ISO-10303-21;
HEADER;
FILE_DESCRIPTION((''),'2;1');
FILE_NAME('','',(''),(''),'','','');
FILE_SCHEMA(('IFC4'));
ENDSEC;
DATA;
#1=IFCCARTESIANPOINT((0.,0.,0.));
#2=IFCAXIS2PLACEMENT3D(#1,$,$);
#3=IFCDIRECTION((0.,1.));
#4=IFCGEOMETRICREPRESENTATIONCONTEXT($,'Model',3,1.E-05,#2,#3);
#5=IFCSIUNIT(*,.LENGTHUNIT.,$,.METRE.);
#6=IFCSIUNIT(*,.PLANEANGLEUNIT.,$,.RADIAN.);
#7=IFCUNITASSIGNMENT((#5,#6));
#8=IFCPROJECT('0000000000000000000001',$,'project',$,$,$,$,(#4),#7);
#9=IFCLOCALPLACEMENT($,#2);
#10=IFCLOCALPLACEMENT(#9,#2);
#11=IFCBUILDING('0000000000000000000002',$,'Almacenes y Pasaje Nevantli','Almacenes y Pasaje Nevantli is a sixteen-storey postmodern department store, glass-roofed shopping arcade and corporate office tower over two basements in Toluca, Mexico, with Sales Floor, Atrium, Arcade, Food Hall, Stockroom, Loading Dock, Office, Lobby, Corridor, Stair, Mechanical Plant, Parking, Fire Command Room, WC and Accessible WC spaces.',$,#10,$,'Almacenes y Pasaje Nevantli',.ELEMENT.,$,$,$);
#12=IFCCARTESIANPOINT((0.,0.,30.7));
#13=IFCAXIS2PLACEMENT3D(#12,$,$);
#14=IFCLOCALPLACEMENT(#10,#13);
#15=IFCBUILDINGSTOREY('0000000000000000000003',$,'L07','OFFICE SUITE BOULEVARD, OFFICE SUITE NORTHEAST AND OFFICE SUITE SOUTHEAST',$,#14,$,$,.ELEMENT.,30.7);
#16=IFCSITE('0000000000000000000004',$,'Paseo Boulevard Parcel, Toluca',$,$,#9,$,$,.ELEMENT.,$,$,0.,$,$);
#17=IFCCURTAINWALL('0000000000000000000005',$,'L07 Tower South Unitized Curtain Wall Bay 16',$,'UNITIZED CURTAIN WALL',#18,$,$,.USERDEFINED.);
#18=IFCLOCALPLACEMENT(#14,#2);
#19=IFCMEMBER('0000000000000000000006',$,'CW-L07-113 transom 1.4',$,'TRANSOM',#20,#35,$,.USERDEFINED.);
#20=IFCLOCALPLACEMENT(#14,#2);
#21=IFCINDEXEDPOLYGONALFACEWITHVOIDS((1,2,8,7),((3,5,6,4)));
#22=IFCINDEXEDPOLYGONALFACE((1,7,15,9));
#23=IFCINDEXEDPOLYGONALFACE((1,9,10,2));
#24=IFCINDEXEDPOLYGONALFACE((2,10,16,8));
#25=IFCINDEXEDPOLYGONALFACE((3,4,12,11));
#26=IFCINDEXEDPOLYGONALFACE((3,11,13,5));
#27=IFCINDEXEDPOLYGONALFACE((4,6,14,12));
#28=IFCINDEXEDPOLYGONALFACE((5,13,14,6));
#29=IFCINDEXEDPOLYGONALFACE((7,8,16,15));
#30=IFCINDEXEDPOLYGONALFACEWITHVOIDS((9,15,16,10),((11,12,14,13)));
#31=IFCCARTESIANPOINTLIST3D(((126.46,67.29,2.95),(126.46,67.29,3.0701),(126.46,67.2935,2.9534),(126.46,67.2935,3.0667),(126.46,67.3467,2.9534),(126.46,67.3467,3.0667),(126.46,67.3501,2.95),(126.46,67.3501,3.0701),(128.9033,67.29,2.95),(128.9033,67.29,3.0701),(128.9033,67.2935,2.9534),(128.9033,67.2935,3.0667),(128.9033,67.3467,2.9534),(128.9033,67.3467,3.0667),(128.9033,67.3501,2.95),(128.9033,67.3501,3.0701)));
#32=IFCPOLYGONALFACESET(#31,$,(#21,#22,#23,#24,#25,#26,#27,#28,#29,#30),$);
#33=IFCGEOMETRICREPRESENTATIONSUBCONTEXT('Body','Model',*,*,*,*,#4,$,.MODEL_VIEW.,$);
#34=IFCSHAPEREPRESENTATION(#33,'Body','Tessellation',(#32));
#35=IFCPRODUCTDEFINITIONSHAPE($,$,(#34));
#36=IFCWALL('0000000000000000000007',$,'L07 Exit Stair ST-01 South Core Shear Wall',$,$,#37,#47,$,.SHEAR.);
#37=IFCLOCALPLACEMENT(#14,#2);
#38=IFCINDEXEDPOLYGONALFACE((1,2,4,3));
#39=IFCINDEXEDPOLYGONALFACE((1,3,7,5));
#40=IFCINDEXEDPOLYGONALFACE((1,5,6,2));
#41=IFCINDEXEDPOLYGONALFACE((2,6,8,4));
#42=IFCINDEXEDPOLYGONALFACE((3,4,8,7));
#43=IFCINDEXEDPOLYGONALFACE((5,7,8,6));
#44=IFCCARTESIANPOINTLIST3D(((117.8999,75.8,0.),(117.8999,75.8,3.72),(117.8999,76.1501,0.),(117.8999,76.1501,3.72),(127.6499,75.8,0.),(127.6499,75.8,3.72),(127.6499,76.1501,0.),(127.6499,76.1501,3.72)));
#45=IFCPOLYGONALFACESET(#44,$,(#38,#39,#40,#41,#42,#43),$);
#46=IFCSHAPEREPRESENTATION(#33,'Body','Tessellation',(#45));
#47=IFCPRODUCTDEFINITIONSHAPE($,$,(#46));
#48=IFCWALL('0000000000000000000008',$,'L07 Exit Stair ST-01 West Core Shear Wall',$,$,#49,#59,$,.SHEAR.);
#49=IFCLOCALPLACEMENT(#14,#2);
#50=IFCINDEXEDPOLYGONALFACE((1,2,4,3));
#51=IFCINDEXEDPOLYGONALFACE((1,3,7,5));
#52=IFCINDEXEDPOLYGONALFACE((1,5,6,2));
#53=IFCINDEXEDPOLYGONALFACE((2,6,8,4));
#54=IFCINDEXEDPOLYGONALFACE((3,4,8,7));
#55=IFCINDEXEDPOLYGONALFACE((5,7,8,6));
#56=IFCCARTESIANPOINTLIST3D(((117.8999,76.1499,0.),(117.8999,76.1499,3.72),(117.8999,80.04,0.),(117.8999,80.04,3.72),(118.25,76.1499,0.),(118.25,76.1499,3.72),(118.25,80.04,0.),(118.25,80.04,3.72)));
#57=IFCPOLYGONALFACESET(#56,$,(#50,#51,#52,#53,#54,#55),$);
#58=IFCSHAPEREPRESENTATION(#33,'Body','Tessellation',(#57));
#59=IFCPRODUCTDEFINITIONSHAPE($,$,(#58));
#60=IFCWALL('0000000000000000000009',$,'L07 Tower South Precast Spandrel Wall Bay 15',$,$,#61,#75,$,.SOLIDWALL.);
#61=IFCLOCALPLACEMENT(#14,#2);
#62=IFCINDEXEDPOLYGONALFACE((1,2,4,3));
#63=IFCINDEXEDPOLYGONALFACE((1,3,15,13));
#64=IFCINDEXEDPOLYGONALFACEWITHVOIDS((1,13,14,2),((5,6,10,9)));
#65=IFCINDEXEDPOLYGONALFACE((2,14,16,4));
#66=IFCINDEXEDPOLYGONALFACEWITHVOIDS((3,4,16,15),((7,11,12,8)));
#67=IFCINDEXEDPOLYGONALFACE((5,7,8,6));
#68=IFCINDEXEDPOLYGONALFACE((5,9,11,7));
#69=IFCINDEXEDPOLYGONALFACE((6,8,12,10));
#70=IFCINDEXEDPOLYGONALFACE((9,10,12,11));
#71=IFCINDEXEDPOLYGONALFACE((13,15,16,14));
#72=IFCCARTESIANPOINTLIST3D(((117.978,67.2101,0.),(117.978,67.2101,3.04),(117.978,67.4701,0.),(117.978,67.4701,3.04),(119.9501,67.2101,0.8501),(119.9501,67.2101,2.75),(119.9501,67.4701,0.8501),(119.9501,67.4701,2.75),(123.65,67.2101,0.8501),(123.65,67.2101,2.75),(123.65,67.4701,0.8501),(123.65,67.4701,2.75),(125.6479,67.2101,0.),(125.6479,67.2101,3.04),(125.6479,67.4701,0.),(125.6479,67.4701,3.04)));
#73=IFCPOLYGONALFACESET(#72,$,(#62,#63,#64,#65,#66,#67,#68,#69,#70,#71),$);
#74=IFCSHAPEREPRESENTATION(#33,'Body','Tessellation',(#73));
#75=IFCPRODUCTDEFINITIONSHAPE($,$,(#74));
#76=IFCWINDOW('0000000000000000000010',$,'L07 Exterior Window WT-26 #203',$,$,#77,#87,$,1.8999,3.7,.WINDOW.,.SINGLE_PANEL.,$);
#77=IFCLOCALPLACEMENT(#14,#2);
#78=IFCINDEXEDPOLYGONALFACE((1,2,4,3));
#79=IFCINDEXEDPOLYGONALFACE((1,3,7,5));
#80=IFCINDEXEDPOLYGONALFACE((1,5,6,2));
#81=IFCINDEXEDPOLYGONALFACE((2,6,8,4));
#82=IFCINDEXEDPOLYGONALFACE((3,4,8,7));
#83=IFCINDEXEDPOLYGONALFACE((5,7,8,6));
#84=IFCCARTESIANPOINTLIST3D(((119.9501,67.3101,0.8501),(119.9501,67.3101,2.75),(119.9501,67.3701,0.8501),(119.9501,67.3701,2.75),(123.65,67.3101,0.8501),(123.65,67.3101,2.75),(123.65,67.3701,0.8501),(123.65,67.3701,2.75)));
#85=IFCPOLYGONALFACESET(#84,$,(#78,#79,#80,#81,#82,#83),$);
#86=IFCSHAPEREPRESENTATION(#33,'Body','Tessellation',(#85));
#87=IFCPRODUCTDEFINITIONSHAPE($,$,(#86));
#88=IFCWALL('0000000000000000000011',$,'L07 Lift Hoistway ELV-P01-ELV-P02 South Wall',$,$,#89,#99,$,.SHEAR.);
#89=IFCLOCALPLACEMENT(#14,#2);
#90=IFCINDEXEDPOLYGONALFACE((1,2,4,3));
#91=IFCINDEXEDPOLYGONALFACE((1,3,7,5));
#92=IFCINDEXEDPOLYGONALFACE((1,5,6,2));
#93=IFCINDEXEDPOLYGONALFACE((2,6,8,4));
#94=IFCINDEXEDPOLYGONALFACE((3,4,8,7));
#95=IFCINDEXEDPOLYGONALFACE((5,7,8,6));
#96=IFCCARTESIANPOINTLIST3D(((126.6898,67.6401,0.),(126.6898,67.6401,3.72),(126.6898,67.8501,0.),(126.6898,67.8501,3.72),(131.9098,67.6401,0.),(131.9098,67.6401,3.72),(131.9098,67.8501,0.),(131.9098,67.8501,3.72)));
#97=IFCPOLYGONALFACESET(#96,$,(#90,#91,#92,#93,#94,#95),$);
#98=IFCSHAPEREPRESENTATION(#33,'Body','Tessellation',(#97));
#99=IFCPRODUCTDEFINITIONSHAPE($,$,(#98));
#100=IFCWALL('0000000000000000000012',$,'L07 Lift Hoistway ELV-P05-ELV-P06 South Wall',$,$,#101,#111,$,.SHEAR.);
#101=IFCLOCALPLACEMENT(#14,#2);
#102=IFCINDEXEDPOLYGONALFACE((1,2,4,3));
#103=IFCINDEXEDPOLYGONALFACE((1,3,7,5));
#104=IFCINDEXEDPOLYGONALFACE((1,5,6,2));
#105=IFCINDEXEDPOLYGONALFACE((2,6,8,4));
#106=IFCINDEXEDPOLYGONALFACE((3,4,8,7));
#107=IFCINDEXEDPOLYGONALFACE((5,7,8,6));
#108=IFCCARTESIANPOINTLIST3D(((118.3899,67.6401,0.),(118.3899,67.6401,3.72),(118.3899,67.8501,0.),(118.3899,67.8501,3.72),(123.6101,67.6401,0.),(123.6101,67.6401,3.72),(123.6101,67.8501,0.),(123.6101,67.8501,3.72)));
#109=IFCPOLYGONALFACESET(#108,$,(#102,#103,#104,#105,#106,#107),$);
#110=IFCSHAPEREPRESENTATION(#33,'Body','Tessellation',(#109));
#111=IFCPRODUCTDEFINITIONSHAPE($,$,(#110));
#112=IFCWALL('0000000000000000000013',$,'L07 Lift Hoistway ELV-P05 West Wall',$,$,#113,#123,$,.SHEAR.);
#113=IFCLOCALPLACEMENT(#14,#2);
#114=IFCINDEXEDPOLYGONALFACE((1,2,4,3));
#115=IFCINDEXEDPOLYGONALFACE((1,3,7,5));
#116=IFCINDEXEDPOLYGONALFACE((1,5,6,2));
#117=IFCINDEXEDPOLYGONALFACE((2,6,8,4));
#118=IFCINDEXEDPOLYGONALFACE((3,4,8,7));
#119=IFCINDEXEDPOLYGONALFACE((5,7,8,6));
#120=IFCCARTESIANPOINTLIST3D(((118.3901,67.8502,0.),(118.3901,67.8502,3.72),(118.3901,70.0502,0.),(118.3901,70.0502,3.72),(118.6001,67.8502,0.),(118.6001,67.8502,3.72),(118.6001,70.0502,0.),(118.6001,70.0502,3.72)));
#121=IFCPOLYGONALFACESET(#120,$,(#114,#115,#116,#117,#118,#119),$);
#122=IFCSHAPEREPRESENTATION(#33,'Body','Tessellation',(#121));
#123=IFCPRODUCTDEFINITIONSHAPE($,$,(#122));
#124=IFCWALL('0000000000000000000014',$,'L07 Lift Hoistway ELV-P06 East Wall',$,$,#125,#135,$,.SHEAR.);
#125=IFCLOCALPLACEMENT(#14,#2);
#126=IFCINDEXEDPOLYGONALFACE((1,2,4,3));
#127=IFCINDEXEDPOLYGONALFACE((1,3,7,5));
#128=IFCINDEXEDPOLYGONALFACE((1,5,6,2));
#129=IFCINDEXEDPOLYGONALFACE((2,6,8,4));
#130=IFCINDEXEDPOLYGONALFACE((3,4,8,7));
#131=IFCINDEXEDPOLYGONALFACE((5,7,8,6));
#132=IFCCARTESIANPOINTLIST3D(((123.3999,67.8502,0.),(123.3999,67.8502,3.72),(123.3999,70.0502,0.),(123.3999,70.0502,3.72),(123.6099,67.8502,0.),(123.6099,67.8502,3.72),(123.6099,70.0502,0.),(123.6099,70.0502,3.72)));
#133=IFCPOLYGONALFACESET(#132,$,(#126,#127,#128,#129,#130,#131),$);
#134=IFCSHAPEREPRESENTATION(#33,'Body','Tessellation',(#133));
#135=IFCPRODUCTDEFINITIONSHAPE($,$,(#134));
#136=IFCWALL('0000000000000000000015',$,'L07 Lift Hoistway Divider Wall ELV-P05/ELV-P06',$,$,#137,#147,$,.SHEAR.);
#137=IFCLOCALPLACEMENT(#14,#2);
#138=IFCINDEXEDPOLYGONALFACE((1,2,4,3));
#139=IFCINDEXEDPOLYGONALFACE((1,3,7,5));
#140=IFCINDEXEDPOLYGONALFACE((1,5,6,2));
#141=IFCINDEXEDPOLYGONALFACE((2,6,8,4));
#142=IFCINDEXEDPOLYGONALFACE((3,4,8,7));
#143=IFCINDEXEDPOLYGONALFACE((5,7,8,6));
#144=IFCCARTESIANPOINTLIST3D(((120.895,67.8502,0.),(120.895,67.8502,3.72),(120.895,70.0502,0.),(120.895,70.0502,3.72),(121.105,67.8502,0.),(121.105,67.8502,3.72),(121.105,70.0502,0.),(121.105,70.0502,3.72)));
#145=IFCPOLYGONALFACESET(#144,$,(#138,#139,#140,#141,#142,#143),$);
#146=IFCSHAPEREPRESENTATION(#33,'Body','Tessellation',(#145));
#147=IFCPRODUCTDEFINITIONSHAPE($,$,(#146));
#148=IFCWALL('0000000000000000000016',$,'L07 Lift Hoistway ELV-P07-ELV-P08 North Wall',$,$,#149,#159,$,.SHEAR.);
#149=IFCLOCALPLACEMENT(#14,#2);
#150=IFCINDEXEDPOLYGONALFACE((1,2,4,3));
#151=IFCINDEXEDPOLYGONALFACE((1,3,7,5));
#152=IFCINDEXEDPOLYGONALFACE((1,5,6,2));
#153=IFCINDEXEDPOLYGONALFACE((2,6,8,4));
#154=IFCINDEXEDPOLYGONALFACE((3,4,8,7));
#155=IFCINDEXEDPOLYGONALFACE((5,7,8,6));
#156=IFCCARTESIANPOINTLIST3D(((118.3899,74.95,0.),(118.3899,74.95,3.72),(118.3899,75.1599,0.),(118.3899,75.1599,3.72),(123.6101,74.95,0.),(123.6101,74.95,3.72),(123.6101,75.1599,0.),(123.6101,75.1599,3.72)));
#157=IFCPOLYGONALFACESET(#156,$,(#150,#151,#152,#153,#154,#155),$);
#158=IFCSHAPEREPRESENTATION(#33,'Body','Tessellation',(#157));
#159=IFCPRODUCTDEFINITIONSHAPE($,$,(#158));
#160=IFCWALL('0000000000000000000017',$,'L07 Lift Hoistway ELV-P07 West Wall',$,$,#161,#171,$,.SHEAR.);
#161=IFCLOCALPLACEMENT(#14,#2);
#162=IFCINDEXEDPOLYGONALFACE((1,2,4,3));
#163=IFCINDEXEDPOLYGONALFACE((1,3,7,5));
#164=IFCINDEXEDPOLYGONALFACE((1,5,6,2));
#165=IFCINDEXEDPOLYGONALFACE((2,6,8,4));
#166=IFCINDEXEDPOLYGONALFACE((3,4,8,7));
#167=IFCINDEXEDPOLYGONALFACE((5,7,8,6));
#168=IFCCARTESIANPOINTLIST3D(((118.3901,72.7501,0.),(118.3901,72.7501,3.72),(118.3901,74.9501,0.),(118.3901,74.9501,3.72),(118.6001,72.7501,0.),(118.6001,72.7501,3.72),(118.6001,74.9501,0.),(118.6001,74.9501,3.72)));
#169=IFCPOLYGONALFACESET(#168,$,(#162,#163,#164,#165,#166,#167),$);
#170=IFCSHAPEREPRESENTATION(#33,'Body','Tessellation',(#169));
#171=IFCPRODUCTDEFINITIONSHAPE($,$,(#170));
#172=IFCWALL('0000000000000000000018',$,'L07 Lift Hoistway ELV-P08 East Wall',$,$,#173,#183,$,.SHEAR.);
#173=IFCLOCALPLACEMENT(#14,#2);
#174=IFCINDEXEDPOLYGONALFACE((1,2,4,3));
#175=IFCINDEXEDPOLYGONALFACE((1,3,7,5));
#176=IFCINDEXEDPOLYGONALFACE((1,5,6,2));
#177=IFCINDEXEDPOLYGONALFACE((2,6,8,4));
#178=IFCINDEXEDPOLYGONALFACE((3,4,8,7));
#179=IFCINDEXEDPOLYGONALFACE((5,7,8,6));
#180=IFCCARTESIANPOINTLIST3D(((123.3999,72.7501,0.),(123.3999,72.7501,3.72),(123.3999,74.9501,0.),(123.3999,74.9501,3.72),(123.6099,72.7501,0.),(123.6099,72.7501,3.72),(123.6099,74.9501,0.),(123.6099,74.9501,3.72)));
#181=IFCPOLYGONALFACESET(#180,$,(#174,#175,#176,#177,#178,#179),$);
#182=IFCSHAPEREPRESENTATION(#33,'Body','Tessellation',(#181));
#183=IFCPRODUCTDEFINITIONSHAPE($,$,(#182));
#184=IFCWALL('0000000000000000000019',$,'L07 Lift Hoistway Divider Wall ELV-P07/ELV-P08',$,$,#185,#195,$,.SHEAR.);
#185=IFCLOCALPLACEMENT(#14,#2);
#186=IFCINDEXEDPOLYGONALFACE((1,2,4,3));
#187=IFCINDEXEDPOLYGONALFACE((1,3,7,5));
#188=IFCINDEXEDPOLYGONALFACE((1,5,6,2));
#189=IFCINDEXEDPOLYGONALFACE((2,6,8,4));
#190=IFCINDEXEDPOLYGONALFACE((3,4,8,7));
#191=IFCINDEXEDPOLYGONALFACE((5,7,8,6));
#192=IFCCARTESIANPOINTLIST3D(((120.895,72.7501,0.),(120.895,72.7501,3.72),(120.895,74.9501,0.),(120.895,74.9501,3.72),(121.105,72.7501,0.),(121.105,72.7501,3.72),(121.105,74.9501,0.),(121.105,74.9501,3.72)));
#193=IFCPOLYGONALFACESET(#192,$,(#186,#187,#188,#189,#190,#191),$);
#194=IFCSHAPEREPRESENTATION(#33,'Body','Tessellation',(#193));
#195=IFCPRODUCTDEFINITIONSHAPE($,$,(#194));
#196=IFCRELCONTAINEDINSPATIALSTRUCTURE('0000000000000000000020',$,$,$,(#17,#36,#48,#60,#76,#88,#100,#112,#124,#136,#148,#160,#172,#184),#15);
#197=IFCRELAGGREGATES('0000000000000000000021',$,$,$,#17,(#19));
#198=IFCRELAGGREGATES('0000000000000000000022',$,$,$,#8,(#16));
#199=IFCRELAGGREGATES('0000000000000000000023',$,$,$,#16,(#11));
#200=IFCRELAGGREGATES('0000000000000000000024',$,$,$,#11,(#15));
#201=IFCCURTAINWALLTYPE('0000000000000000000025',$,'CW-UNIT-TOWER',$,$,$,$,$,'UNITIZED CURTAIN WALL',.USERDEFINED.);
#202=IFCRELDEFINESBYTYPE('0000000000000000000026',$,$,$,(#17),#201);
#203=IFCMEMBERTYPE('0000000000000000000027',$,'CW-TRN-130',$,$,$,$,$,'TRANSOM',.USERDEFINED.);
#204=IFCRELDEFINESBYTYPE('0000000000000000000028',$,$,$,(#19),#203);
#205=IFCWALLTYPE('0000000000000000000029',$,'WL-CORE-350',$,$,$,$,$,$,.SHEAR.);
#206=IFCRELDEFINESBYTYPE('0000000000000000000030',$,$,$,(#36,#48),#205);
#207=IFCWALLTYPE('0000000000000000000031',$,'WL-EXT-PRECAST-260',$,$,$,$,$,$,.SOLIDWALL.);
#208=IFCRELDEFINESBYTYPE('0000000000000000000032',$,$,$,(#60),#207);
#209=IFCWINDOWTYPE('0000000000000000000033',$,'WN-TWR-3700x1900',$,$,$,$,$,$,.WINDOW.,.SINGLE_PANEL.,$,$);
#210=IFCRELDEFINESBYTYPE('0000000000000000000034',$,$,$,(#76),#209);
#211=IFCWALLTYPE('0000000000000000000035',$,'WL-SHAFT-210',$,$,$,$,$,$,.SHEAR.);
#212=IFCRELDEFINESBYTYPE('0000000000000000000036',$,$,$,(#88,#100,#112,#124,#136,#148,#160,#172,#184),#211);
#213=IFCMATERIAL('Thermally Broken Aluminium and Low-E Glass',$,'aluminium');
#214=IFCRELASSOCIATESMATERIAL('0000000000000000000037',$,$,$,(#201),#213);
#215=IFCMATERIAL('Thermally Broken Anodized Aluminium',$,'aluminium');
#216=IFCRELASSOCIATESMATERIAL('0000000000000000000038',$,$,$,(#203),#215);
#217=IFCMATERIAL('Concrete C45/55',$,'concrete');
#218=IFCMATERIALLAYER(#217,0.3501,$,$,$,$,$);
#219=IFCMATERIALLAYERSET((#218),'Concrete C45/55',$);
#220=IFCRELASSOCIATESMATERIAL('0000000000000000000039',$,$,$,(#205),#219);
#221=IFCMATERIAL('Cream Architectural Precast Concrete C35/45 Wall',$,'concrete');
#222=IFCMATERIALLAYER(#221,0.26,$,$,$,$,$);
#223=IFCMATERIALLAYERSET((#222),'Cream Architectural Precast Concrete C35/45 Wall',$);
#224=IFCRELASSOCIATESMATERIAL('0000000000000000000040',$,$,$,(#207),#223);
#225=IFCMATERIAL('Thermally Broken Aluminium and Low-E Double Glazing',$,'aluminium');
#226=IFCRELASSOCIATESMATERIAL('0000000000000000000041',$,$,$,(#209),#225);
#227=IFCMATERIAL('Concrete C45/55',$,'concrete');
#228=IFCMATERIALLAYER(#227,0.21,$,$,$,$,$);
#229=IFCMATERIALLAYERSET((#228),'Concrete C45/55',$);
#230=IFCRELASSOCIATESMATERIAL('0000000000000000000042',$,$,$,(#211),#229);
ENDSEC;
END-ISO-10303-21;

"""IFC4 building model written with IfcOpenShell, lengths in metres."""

from ifc_helpers import new_model, si_unit, direction, frame, frame_2d, origin, origin_2d, place, context, subcontext, project, spatial, rectangle, hollow_rectangle, extrude, material, layer, layer_set, material_profile, profile_set, type_object, element, fill, aggregate, save


model = new_model("IFC4")

# Units and contexts
model_context = context("Model", 3, precision=1e-05, world=origin(), true_north=direction((0.0, 1.0)))
body_context = subcontext(model_context, "Body", "Model", "MODEL_VIEW")
ifc_project = project(units=[si_unit("LENGTHUNIT", "METRE"), si_unit("PLANEANGLEUNIT", "RADIAN")], contexts=[model_context])

# Site, building, storey
site_placement = place(None, origin())
site = spatial("IfcSite", under=ifc_project, at=site_placement, Name="Paseo Boulevard Parcel, Toluca", CompositionType="ELEMENT", RefElevation=0.0)
building_placement = place(site_placement, origin())
building = spatial("IfcBuilding", under=site, at=building_placement, Name="Almacenes y Pasaje Nevantli", Description="Almacenes y Pasaje Nevantli is a sixteen-storey postmodern department store, glass-roofed shopping arcade and corporate office tower over two basements in Toluca, Mexico, with Sales Floor, Atrium, Arcade, Food Hall, Stockroom, Loading Dock, Office, Lobby, Corridor, Stair, Mechanical Plant, Parking, Fire Command Room, WC and Accessible WC spaces.", LongName="Almacenes y Pasaje Nevantli", CompositionType="ELEMENT")
storey_placement = place(building_placement, frame((0.0, 0.0, 30.7)))
storey = spatial("IfcBuildingStorey", under=building, at=storey_placement, Name="L07", Description="OFFICE SUITE BOULEVARD, OFFICE SUITE NORTHEAST AND OFFICE SUITE SOUTHEAST", CompositionType="ELEMENT", Elevation=30.7)

# Curtain wall, member
ifc_material_1 = material(Name="Thermally Broken Aluminium and Low-E Glass", Category="aluminium")
curtain_wall_type = type_object("IfcCurtainWallType", Name="CW-UNIT-TOWER", ElementType="UNITIZED CURTAIN WALL", PredefinedType="USERDEFINED", material=ifc_material_1)
curtain_wall_placement = place(storey_placement, origin())
curtain_wall = element("IfcCurtainWall", 1, at=curtain_wall_placement, inside=storey, type_object=curtain_wall_type, Name="L07 Tower South Unitized Curtain Wall Bay 16", ObjectType="UNITIZED CURTAIN WALL", PredefinedType="USERDEFINED")
ifc_material_2 = material(Name="Thermally Broken Anodized Aluminium", Category="aluminium")
ifc_material_profile_1 = material_profile(ifc_material_2, hollow_rectangle(XDim=0.0601, YDim=0.1201, WallThickness=0.0034, at=origin_2d()), Name="ALU-TRN-60x120")
ifc_profile_set_1 = profile_set([ifc_material_profile_1], Name="Thermally Broken Anodized Aluminium")
member_type_1 = type_object("IfcMemberType", Name="CW-TRN-130", ElementType="TRANSOM", PredefinedType="USERDEFINED", material=ifc_profile_set_1)
member_1_placement = place(storey_placement, frame((126.46, 67.3201, 3.01), z_axis=(1.0, 0.0, 0.0), x_axis=(0.0, 1.0, 0.0)))
member_1 = element("IfcMember", 2, at=member_1_placement, type_object=member_type_1, Name="CW-L07-113 transom 1.4", ObjectType="TRANSOM", PredefinedType="USERDEFINED", context=body_context, shape_type="SweptSolid", body=[
    extrude(hollow_rectangle(XDim=0.0601, YDim=0.1201, WallThickness=0.0034, at=origin_2d()), origin(), (0.0, 0.0, 1.0), 2.4434),
])
aggregate(curtain_wall, [member_1])

# Walls
ifc_material_3 = material(Name="Concrete C45/55", Category="concrete")
ifc_layer_1 = layer(ifc_material_3, 0.3501)
ifc_layer_set_1 = layer_set([ifc_layer_1], Name="Concrete C45/55")
wall_type_1 = type_object("IfcWallType", Name="WL-CORE-350", PredefinedType="SHEAR", material=ifc_layer_set_1)
wall_1_placement = place(storey_placement, frame((117.8999, 75.9751, 0.0), z_axis=(0.0, 0.0, 1.0), x_axis=(1.0, 0.0, 0.0)))
element("IfcWall", 3, at=wall_1_placement, inside=storey, type_object=wall_type_1, Name="L07 Exit Stair ST-01 South Core Shear Wall", PredefinedType="SHEAR", context=body_context, shape_type="SweptSolid", body=[
    extrude(rectangle(XDim=9.75, YDim=0.3501, at=frame_2d((4.875, 0.0))), origin(), (0.0, 0.0, 1.0), 3.72),
])
wall_2_placement = place(storey_placement, frame((118.075, 76.1499, 0.0), z_axis=(0.0, 0.0, 1.0), x_axis=(0.0, 1.0, 0.0)))
element("IfcWall", 4, at=wall_2_placement, inside=storey, type_object=wall_type_1, Name="L07 Exit Stair ST-01 West Core Shear Wall", PredefinedType="SHEAR", context=body_context, shape_type="SweptSolid", body=[
    extrude(rectangle(XDim=3.8901, YDim=0.3501, at=frame_2d((1.9451, 0.0))), origin(), (0.0, 0.0, 1.0), 3.72),
])

# Wall, opening, window
ifc_material_4 = material(Name="Cream Architectural Precast Concrete C35/45 Wall", Category="concrete")
ifc_layer_2 = layer(ifc_material_4, 0.26)
ifc_layer_set_2 = layer_set([ifc_layer_2], Name="Cream Architectural Precast Concrete C35/45 Wall")
wall_type_2 = type_object("IfcWallType", Name="WL-EXT-PRECAST-260", PredefinedType="SOLIDWALL", material=ifc_layer_set_2)
wall_3_placement = place(storey_placement, frame((117.978, 67.3401, 0.0), z_axis=(0.0, 0.0, 1.0), x_axis=(1.0, 0.0, 0.0)))
wall_3 = element("IfcWall", 5, at=wall_3_placement, inside=storey, type_object=wall_type_2, Name="L07 Tower South Precast Spandrel Wall Bay 15", PredefinedType="SOLIDWALL", context=body_context, shape_type="SweptSolid", body=[
    extrude(rectangle(XDim=7.6699, YDim=0.26, at=frame_2d((3.835, 0.0))), origin(), (0.0, 0.0, 1.0), 3.04),
])
opening_1_placement = place(wall_3_placement, frame((1.9719, 0.0, 0.8501)))
opening_1 = element("IfcOpeningElement", 6, at=opening_1_placement, cuts=wall_3, PredefinedType="OPENING", context=body_context, shape_type="SweptSolid", body=[
    extrude(rectangle(XDim=3.7, YDim=1.8999, at=frame_2d((1.8501, 0.95))), frame((0.0, 0.1399, 0.0), z_axis=(0.0, -1.0, 0.0), x_axis=(1.0, 0.0, 0.0)), (0.0, 0.0, 1.0), 0.28),
])
ifc_material_5 = material(Name="Thermally Broken Aluminium and Low-E Double Glazing", Category="aluminium")
window_type = type_object("IfcWindowType", Name="WN-TWR-3700x1900", PartitioningType="SINGLE_PANEL", PredefinedType="WINDOW", material=ifc_material_5)
window_placement = place(opening_1_placement, origin())
window = element("IfcWindow", 7, at=window_placement, inside=storey, type_object=window_type, Name="L07 Exterior Window WT-26 #203", OverallHeight=1.8999, OverallWidth=3.7, PartitioningType="SINGLE_PANEL", PredefinedType="WINDOW", context=body_context, shape_type="SweptSolid", body=[
    extrude(rectangle(XDim=3.7, YDim=1.8999, at=frame_2d((1.8501, 0.95))), frame((0.0, 0.03, 0.0), z_axis=(0.0, -1.0, 0.0), x_axis=(1.0, 0.0, 0.0)), (0.0, 0.0, 1.0), 0.0601),
])
fill(opening_1, window)

# Walls
ifc_material_6 = material(Name="Concrete C45/55", Category="concrete")
ifc_layer_3 = layer(ifc_material_6, 0.21)
ifc_layer_set_3 = layer_set([ifc_layer_3], Name="Concrete C45/55")
wall_type_3 = type_object("IfcWallType", Name="WL-SHAFT-210", PredefinedType="SHEAR", material=ifc_layer_set_3)
wall_4_placement = place(storey_placement, frame((126.6899, 67.7451, 0.0), z_axis=(0.0, 0.0, 1.0), x_axis=(1.0, 0.0, 0.0)))
element("IfcWall", 8, at=wall_4_placement, inside=storey, type_object=wall_type_3, Name="L07 Lift Hoistway ELV-P01-ELV-P02 South Wall", PredefinedType="SHEAR", context=body_context, shape_type="SweptSolid", body=[
    extrude(rectangle(XDim=5.22, YDim=0.21, at=frame_2d((2.6099, 0.0))), origin(), (0.0, 0.0, 1.0), 3.72),
])
wall_5_placement = place(storey_placement, frame((118.3899, 67.7451, 0.0), z_axis=(0.0, 0.0, 1.0), x_axis=(1.0, 0.0, 0.0)))
element("IfcWall", 9, at=wall_5_placement, inside=storey, type_object=wall_type_3, Name="L07 Lift Hoistway ELV-P05-ELV-P06 South Wall", PredefinedType="SHEAR", context=body_context, shape_type="SweptSolid", body=[
    extrude(rectangle(XDim=5.2202, YDim=0.21, at=frame_2d((2.6101, 0.0))), origin(), (0.0, 0.0, 1.0), 3.72),
])

# Walls
for number, where, z_axis, x_axis, name in (
    (10, (118.4951, 67.8501, 0.0), (0.0, 0.0, 1.0), (0.0, 1.0, 0.0), "L07 Lift Hoistway ELV-P05 West Wall"),
    (11, (123.5049, 67.8501, 0.0), (0.0, 0.0, 1.0), (0.0, 1.0, 0.0), "L07 Lift Hoistway ELV-P06 East Wall"),
    (12, (121.0, 67.8501, 0.0), (0.0, 0.0, 1.0), (0.0, 1.0, 0.0), "L07 Lift Hoistway Divider Wall ELV-P05/ELV-P06"),
):
    element("IfcWall", number, at=place(storey_placement, frame(where, z_axis=z_axis, x_axis=x_axis)), inside=storey, type_object=wall_type_3, Name=name, PredefinedType="SHEAR", context=body_context, shape_type="SweptSolid", body=[
        extrude(rectangle(XDim=2.2, YDim=0.21, at=frame_2d((1.1001, 0.0))), origin(), (0.0, 0.0, 1.0), 3.72),
    ])

# Walls
wall_6_placement = place(storey_placement, frame((118.3899, 75.0549, 0.0), z_axis=(0.0, 0.0, 1.0), x_axis=(1.0, 0.0, 0.0)))
element("IfcWall", 13, at=wall_6_placement, inside=storey, type_object=wall_type_3, Name="L07 Lift Hoistway ELV-P07-ELV-P08 North Wall", PredefinedType="SHEAR", context=body_context, shape_type="SweptSolid", body=[
    extrude(rectangle(XDim=5.2202, YDim=0.21, at=frame_2d((2.6101, 0.0))), origin(), (0.0, 0.0, 1.0), 3.72),
])
for number, where, z_axis, x_axis, name in (
    (14, (118.4951, 72.75, 0.0), (0.0, 0.0, 1.0), (0.0, 1.0, 0.0), "L07 Lift Hoistway ELV-P07 West Wall"),
    (15, (123.5049, 72.75, 0.0), (0.0, 0.0, 1.0), (0.0, 1.0, 0.0), "L07 Lift Hoistway ELV-P08 East Wall"),
    (16, (121.0, 72.75, 0.0), (0.0, 0.0, 1.0), (0.0, 1.0, 0.0), "L07 Lift Hoistway Divider Wall ELV-P07/ELV-P08"),
):
    element("IfcWall", number, at=place(storey_placement, frame(where, z_axis=z_axis, x_axis=x_axis)), inside=storey, type_object=wall_type_3, Name=name, PredefinedType="SHEAR", context=body_context, shape_type="SweptSolid", body=[
        extrude(rectangle(XDim=2.2, YDim=0.21, at=frame_2d((1.1001, 0.0))), origin(), (0.0, 0.0, 1.0), 3.72),
    ])

save(model, "model.ifc")
